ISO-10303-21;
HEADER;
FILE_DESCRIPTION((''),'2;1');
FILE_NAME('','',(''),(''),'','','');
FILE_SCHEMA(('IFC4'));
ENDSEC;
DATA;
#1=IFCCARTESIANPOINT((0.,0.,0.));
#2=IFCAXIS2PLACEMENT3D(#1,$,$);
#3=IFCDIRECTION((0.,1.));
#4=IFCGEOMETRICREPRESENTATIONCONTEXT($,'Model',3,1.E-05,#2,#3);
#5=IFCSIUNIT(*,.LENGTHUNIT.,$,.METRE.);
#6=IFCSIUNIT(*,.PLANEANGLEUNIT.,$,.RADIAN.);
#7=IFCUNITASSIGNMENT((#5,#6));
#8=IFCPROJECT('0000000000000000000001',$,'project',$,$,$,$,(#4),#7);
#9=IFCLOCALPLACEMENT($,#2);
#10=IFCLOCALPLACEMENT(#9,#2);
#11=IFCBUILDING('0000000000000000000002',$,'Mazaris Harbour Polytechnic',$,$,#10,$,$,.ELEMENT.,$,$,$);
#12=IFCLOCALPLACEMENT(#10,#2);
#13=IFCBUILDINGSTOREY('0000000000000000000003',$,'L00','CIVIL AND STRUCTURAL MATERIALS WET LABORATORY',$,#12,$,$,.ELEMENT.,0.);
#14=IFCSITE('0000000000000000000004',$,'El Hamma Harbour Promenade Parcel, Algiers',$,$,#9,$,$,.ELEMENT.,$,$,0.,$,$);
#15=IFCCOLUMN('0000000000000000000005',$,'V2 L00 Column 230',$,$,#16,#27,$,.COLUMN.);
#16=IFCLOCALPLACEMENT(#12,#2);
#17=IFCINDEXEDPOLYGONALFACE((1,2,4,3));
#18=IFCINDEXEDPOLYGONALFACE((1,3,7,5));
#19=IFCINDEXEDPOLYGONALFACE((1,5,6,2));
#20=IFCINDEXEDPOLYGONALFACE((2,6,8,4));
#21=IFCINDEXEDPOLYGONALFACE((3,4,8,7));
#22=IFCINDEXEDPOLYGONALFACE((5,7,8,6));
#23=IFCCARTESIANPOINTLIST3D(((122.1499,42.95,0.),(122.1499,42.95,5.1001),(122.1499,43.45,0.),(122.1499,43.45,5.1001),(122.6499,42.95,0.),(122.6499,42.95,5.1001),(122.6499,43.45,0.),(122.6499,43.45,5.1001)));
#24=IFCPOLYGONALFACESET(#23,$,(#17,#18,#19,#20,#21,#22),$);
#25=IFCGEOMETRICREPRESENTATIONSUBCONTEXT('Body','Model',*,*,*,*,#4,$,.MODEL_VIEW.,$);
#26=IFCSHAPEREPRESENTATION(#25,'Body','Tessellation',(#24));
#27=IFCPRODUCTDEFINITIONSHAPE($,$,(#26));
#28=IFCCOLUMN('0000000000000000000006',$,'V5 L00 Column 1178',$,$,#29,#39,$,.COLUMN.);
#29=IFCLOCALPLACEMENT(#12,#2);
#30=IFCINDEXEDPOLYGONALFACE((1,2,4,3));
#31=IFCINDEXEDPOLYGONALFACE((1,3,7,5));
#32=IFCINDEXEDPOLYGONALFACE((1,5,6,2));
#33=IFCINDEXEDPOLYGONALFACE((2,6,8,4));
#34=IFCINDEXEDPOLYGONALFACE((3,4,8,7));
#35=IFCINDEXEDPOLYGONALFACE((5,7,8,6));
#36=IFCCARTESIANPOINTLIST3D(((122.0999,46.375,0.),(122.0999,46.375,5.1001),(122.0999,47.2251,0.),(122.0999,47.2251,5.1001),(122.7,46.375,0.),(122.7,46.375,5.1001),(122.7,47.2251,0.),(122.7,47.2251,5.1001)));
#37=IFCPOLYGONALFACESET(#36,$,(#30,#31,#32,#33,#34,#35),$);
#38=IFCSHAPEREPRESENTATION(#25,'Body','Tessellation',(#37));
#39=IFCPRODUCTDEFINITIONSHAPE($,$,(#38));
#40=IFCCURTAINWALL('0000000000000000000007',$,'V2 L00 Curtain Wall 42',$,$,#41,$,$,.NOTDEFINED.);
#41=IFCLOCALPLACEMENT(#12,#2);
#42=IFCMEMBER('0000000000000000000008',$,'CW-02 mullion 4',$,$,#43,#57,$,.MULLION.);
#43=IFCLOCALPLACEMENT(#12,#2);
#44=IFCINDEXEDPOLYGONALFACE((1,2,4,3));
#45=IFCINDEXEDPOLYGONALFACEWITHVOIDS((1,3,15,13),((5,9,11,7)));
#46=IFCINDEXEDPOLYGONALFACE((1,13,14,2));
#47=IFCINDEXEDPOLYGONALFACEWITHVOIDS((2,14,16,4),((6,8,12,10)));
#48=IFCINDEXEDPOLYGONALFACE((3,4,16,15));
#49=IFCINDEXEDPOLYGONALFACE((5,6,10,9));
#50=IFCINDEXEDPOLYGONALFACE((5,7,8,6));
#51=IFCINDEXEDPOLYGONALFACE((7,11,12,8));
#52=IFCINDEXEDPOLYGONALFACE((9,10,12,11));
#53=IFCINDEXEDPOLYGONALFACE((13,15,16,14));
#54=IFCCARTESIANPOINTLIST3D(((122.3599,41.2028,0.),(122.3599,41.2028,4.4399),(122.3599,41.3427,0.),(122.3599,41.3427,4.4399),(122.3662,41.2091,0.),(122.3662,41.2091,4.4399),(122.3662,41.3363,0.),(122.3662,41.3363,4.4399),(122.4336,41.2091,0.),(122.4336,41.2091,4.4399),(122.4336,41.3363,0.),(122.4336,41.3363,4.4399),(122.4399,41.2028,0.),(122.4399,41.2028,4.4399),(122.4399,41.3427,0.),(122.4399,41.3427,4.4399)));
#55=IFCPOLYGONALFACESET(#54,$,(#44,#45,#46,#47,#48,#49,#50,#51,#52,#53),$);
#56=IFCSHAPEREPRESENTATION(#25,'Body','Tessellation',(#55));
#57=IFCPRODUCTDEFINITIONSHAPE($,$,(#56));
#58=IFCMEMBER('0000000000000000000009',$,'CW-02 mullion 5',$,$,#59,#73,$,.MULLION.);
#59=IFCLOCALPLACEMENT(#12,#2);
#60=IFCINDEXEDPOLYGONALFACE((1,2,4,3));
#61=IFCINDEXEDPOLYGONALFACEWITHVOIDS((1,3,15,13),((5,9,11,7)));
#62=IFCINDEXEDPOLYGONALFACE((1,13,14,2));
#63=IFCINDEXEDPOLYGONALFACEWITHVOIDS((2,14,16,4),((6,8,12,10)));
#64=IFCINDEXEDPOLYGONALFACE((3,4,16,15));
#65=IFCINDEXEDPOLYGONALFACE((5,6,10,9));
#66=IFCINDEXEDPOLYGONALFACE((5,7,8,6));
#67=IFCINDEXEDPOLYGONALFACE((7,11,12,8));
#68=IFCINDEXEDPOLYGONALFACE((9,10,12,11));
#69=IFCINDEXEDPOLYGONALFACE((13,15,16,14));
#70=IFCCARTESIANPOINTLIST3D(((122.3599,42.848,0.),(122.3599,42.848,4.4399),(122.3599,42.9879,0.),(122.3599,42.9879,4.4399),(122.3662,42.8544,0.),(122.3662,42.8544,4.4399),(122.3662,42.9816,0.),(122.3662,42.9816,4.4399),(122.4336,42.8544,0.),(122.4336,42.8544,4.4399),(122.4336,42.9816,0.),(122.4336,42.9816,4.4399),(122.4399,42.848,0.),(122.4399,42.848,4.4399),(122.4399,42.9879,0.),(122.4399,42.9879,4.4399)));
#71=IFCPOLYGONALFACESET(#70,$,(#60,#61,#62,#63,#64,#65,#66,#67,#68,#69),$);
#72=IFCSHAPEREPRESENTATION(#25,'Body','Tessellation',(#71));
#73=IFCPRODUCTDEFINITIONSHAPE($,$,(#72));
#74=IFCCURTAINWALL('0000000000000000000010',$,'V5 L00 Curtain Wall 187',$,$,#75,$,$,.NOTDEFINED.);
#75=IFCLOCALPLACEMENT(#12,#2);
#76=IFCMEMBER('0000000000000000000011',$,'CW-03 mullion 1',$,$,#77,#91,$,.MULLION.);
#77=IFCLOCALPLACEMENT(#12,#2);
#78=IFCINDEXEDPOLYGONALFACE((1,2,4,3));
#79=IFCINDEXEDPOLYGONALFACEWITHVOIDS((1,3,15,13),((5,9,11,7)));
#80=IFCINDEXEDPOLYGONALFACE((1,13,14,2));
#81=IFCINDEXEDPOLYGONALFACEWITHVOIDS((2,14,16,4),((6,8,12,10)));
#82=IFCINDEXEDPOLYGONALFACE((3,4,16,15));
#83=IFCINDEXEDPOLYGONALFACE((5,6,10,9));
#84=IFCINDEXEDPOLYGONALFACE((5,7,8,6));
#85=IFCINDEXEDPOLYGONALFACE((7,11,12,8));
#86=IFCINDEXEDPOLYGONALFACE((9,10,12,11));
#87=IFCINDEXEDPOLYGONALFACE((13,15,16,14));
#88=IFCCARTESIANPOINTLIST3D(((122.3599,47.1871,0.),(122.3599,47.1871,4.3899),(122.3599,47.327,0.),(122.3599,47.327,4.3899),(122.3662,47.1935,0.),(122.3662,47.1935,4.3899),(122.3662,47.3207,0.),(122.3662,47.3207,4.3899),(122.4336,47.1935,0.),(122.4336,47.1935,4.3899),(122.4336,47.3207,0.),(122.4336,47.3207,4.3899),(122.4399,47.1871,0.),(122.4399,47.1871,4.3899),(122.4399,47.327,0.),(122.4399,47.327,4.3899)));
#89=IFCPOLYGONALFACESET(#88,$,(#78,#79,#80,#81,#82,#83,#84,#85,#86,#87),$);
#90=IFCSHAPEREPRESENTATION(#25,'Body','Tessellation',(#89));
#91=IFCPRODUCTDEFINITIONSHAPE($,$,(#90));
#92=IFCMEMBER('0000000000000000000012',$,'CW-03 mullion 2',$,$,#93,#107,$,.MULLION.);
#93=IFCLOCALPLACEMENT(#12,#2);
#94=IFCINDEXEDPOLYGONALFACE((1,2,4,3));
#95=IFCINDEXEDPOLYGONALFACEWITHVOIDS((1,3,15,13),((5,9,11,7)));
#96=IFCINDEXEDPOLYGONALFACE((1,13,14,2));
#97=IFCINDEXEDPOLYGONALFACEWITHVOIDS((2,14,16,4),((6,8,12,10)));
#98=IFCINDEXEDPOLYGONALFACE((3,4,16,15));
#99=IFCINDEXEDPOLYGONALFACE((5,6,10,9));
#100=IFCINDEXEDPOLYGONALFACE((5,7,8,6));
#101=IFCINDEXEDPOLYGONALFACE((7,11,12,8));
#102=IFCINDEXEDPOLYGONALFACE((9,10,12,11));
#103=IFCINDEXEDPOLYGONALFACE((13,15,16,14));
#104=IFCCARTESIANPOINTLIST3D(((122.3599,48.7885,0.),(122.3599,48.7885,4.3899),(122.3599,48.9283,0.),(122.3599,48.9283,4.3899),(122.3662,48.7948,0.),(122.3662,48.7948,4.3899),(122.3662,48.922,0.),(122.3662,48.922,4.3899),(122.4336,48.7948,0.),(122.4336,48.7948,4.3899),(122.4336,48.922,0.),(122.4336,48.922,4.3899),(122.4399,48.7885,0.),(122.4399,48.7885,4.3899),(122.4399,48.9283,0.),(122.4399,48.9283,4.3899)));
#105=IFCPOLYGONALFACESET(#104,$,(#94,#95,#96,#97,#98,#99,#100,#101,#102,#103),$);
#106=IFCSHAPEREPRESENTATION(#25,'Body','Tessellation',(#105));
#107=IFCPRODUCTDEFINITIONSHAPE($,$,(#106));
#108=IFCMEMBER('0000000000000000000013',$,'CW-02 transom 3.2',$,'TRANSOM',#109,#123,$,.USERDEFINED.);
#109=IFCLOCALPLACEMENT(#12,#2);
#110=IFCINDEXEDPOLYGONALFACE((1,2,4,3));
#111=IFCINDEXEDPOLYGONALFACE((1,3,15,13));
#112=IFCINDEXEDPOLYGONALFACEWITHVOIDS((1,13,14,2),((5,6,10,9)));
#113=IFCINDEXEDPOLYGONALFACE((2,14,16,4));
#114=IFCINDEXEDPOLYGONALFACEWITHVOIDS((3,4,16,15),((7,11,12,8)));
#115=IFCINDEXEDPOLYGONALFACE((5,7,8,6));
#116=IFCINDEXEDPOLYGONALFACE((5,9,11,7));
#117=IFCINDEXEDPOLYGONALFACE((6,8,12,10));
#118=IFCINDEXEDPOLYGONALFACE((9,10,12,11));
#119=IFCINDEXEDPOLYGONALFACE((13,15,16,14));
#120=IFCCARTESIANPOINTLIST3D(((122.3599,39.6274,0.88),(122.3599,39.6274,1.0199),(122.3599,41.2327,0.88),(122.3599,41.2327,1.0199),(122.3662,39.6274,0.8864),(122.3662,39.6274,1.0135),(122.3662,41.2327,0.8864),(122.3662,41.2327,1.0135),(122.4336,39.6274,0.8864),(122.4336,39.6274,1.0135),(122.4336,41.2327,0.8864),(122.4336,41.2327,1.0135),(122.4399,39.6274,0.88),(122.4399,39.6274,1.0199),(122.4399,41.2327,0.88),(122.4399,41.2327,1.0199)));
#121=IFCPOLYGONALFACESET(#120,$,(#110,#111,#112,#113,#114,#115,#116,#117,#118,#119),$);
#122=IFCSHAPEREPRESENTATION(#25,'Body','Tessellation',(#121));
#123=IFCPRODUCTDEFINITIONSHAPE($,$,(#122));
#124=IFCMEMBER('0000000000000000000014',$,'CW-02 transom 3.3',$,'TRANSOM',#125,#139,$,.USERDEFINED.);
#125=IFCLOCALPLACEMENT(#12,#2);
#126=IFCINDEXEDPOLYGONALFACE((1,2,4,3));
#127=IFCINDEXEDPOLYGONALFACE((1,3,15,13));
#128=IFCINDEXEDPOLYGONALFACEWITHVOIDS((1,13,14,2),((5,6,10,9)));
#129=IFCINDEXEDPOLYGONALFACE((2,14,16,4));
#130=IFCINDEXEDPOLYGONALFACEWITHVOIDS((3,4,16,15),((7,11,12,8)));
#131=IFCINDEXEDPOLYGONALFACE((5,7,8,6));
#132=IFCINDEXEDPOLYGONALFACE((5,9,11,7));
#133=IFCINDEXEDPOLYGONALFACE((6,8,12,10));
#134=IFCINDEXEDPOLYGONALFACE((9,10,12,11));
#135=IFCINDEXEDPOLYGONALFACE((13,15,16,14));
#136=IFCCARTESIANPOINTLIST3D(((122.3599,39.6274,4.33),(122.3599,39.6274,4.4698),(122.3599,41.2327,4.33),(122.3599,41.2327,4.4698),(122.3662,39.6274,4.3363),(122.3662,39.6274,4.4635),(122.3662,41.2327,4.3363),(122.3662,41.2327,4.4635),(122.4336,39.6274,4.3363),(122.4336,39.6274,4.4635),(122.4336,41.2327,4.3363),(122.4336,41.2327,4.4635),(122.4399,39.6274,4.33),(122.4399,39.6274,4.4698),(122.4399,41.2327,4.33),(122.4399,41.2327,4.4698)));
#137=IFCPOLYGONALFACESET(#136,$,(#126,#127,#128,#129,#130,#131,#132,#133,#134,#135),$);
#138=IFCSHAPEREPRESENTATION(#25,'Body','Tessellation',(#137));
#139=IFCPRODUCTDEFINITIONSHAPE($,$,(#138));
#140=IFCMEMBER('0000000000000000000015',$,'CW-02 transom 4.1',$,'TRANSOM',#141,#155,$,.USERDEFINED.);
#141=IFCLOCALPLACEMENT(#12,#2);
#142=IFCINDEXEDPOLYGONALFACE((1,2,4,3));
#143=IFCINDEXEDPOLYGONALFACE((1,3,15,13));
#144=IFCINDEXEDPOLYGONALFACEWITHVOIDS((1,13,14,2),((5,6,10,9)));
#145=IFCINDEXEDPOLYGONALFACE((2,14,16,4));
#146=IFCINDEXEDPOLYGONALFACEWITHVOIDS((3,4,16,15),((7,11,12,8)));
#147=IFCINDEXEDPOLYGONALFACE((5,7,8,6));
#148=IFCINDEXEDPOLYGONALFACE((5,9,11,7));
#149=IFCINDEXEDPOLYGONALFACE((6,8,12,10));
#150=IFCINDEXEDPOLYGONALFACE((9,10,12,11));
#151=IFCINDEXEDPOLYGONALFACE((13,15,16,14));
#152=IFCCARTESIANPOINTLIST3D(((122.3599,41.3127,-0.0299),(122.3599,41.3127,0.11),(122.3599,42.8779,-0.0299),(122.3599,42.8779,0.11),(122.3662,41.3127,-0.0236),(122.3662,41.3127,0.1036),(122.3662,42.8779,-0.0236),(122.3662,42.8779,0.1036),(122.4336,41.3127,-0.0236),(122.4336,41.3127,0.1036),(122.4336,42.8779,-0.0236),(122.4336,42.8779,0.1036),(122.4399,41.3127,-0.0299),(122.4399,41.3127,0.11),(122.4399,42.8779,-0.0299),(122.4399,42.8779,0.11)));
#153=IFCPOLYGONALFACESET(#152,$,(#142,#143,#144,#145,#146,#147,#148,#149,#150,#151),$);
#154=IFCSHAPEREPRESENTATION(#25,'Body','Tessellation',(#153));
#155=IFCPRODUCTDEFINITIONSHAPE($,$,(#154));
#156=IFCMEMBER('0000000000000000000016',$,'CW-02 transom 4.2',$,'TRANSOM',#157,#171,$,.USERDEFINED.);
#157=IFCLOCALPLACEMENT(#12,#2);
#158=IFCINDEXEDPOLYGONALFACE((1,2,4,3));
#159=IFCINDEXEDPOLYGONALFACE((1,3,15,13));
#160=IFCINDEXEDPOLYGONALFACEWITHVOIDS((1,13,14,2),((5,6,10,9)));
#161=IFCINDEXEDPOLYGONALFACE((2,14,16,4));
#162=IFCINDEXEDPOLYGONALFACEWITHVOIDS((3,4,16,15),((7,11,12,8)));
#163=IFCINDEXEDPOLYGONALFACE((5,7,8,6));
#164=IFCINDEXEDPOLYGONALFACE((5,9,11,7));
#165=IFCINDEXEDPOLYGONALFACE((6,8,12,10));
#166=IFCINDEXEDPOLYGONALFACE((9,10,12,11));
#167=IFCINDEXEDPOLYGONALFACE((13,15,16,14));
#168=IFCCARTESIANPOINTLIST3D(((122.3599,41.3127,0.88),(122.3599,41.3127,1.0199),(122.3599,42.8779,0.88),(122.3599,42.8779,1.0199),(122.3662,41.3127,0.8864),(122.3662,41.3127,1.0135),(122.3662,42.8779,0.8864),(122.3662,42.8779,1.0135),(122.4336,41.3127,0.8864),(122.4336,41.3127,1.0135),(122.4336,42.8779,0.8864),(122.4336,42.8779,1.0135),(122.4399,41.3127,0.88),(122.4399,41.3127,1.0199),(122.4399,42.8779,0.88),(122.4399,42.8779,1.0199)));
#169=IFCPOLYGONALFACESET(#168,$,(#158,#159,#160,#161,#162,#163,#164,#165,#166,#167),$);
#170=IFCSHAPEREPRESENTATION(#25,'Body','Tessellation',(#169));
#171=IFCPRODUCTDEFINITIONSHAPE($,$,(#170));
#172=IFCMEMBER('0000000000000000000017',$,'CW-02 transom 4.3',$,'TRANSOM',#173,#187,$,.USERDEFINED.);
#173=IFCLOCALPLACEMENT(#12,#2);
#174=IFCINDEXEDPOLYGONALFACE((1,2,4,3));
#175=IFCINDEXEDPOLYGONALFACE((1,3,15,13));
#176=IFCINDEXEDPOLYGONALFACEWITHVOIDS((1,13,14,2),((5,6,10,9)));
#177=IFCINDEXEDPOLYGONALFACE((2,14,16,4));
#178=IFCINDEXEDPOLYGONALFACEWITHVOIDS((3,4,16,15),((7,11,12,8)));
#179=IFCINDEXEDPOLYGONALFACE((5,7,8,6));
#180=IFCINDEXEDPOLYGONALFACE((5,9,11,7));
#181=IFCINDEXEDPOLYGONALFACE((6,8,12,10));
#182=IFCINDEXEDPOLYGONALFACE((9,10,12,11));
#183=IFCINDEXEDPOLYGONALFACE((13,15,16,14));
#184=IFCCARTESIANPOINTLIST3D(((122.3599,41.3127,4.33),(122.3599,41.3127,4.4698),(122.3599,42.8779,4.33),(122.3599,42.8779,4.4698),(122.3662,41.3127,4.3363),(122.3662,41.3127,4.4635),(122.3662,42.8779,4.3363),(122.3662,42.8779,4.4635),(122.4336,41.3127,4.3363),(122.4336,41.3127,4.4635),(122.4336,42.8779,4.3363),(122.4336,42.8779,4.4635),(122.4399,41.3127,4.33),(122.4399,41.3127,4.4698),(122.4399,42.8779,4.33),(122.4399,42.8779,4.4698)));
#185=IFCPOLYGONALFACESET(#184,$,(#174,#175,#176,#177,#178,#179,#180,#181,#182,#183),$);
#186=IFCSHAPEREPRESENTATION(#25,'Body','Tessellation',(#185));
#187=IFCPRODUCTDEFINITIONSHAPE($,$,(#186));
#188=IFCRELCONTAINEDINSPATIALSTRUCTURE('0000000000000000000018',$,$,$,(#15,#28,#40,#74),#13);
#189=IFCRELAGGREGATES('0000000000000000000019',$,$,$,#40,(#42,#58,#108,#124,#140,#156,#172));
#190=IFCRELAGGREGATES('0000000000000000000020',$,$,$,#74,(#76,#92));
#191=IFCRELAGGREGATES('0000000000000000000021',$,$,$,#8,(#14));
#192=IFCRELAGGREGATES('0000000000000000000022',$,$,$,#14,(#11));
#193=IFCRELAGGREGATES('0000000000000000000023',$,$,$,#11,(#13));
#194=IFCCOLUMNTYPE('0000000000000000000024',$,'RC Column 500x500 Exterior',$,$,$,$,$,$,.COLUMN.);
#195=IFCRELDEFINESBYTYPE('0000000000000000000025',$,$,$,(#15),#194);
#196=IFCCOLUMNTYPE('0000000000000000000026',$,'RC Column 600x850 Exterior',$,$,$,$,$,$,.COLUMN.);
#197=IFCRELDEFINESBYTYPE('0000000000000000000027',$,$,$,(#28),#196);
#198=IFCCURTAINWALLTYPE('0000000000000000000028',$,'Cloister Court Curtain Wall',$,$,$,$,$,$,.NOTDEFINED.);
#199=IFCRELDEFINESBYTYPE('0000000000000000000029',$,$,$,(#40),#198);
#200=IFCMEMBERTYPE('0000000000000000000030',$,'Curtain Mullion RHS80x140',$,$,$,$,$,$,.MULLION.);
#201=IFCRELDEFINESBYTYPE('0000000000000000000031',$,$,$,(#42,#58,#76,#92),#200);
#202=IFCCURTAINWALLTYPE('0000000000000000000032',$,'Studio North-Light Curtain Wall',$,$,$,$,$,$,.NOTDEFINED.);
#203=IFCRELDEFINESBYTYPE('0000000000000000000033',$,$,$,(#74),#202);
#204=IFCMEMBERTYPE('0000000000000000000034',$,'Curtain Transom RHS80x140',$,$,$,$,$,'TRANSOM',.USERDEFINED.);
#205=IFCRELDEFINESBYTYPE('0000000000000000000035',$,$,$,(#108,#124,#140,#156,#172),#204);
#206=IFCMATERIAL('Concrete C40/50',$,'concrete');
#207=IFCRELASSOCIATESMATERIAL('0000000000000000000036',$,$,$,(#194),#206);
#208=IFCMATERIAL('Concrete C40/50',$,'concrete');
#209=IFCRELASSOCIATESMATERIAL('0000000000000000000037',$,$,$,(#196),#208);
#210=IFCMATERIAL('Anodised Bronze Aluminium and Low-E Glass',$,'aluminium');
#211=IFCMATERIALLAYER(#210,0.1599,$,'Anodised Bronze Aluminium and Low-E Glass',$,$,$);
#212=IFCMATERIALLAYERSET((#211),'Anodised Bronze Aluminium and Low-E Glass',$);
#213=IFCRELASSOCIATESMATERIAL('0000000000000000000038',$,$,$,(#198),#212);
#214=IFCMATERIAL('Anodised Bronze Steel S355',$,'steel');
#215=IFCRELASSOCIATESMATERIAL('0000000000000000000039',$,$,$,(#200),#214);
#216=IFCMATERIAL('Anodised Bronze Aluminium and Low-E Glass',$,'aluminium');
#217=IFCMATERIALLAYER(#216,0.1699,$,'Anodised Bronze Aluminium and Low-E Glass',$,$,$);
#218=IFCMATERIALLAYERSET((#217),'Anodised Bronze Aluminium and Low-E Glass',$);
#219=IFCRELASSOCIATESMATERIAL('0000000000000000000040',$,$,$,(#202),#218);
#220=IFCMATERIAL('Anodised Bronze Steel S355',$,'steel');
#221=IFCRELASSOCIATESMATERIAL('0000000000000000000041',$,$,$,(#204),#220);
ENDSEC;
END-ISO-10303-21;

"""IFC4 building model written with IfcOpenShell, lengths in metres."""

from ifc_helpers import new_model, si_unit, direction, frame, origin, origin_2d, place, context, subcontext, project, spatial, rectangle, hollow_rectangle, extrude, material, layer, layer_set, material_profile, profile_set, type_object, element, aggregate, save


model = new_model("IFC4")

# Units and contexts
model_context = context("Model", 3, precision=1e-05, world=origin(), true_north=direction((0.0, 1.0)))
body_context = subcontext(model_context, "Body", "Model", "MODEL_VIEW")
ifc_project = project(units=[si_unit("LENGTHUNIT", "METRE"), si_unit("PLANEANGLEUNIT", "RADIAN")], contexts=[model_context])

# Site, building, storey
site_placement = place(None, origin())
site = spatial("IfcSite", under=ifc_project, at=site_placement, Name="El Hamma Harbour Promenade Parcel, Algiers", CompositionType="ELEMENT", RefElevation=0.0)
building_placement = place(site_placement, origin())
building = spatial("IfcBuilding", under=site, at=building_placement, Name="Mazaris Harbour Polytechnic", CompositionType="ELEMENT")
storey_placement = place(building_placement, origin())
storey = spatial("IfcBuildingStorey", under=building, at=storey_placement, Name="L00", Description="CIVIL AND STRUCTURAL MATERIALS WET LABORATORY", CompositionType="ELEMENT", Elevation=0.0)

# Columns
ifc_material_1 = material(Name="Concrete C40/50", Category="concrete")
ifc_material_profile_1 = material_profile(ifc_material_1, rectangle(XDim=0.5, YDim=0.5, at=origin_2d()), Name="RECT500x500")
ifc_profile_set_1 = profile_set([ifc_material_profile_1], Name="Concrete C40/50")
column_type_1 = type_object("IfcColumnType", Name="RC Column 500x500 Exterior", PredefinedType="COLUMN", material=ifc_profile_set_1)
column_1_placement = place(storey_placement, frame((122.3999, 43.2, 0.0), z_axis=(0.0, 0.0, 1.0), x_axis=(1.0, 0.0, 0.0)))
element("IfcColumn", 1, at=column_1_placement, inside=storey, type_object=column_type_1, Name="V2 L00 Column 230", PredefinedType="COLUMN", context=body_context, shape_type="SweptSolid", body=[
    extrude(rectangle(XDim=0.5, YDim=0.5, at=origin_2d()), origin(), (0.0, 0.0, 1.0), 5.1001),
])
ifc_material_2 = material(Name="Concrete C40/50", Category="concrete")
ifc_material_profile_2 = material_profile(ifc_material_2, rectangle(XDim=0.6001, YDim=0.8501, at=origin_2d()), Name="RECT600x850")
ifc_profile_set_2 = profile_set([ifc_material_profile_2], Name="Concrete C40/50")
column_type_2 = type_object("IfcColumnType", Name="RC Column 600x850 Exterior", PredefinedType="COLUMN", material=ifc_profile_set_2)
column_2_placement = place(storey_placement, frame((122.3999, 46.8, 0.0), z_axis=(0.0, 0.0, 1.0), x_axis=(1.0, 0.0, 0.0)))
element("IfcColumn", 2, at=column_2_placement, inside=storey, type_object=column_type_2, Name="V5 L00 Column 1178", PredefinedType="COLUMN", context=body_context, shape_type="SweptSolid", body=[
    extrude(rectangle(XDim=0.6001, YDim=0.8501, at=origin_2d()), origin(), (0.0, 0.0, 1.0), 5.1001),
])

# Curtain walls, members
ifc_material_3 = material(Name="Anodised Bronze Aluminium and Low-E Glass", Category="aluminium")
ifc_layer_1 = layer(ifc_material_3, 0.1599, Name="Anodised Bronze Aluminium and Low-E Glass")
ifc_layer_set_1 = layer_set([ifc_layer_1], Name="Anodised Bronze Aluminium and Low-E Glass")
curtain_wall_type_1 = type_object("IfcCurtainWallType", Name="Cloister Court Curtain Wall", PredefinedType="NOTDEFINED", material=ifc_layer_set_1)
curtain_wall_1_placement = place(storey_placement, origin())
curtain_wall_1 = element("IfcCurtainWall", 3, at=curtain_wall_1_placement, inside=storey, type_object=curtain_wall_type_1, Name="V2 L00 Curtain Wall 42", PredefinedType="NOTDEFINED")
ifc_material_4 = material(Name="Anodised Bronze Steel S355", Category="steel")
ifc_material_profile_3 = material_profile(ifc_material_4, hollow_rectangle(XDim=0.0801, YDim=0.1399, WallThickness=0.0063, at=origin_2d()), Name="RHS 80x140x6.3")
ifc_profile_set_3 = profile_set([ifc_material_profile_3], Name="Anodised Bronze Steel S355")
member_type_1 = type_object("IfcMemberType", Name="Curtain Mullion RHS80x140", PredefinedType="MULLION", material=ifc_profile_set_3)
member_1_placement = place(storey_placement, frame((122.3999, 41.2727, 0.0), z_axis=(0.0, 0.0, 1.0), x_axis=(-1.0, 0.0, 0.0)))
member_1 = element("IfcMember", 4, at=member_1_placement, type_object=member_type_1, Name="CW-02 mullion 4", PredefinedType="MULLION", context=body_context, shape_type="SweptSolid", body=[
    extrude(hollow_rectangle(XDim=0.0801, YDim=0.1399, WallThickness=0.0063, at=origin_2d()), origin(), (0.0, 0.0, 1.0), 4.4399),
])
member_2_placement = place(storey_placement, frame((122.3999, 42.918, 0.0), z_axis=(0.0, 0.0, 1.0), x_axis=(-1.0, 0.0, 0.0)))
member_2 = element("IfcMember", 5, at=member_2_placement, type_object=member_type_1, Name="CW-02 mullion 5", PredefinedType="MULLION", context=body_context, shape_type="SweptSolid", body=[
    extrude(hollow_rectangle(XDim=0.0801, YDim=0.1399, WallThickness=0.0063, at=origin_2d()), origin(), (0.0, 0.0, 1.0), 4.4399),
])
ifc_material_5 = material(Name="Anodised Bronze Aluminium and Low-E Glass", Category="aluminium")
ifc_layer_2 = layer(ifc_material_5, 0.1699, Name="Anodised Bronze Aluminium and Low-E Glass")
ifc_layer_set_2 = layer_set([ifc_layer_2], Name="Anodised Bronze Aluminium and Low-E Glass")
curtain_wall_type_2 = type_object("IfcCurtainWallType", Name="Studio North-Light Curtain Wall", PredefinedType="NOTDEFINED", material=ifc_layer_set_2)
curtain_wall_2_placement = place(storey_placement, origin())
curtain_wall_2 = element("IfcCurtainWall", 6, at=curtain_wall_2_placement, inside=storey, type_object=curtain_wall_type_2, Name="V5 L00 Curtain Wall 187", PredefinedType="NOTDEFINED")
member_3_placement = place(storey_placement, frame((122.3999, 47.2571, 0.0), z_axis=(0.0, 0.0, 1.0), x_axis=(-1.0, 0.0, 0.0)))
member_3 = element("IfcMember", 7, at=member_3_placement, type_object=member_type_1, Name="CW-03 mullion 1", PredefinedType="MULLION", context=body_context, shape_type="SweptSolid", body=[
    extrude(hollow_rectangle(XDim=0.0801, YDim=0.1399, WallThickness=0.0063, at=origin_2d()), origin(), (0.0, 0.0, 1.0), 4.3899),
])
member_4_placement = place(storey_placement, frame((122.3999, 48.8584, 0.0), z_axis=(0.0, 0.0, 1.0), x_axis=(-1.0, 0.0, 0.0)))
member_4 = element("IfcMember", 8, at=member_4_placement, type_object=member_type_1, Name="CW-03 mullion 2", PredefinedType="MULLION", context=body_context, shape_type="SweptSolid", body=[
    extrude(hollow_rectangle(XDim=0.0801, YDim=0.1399, WallThickness=0.0063, at=origin_2d()), origin(), (0.0, 0.0, 1.0), 4.3899),
])

# Members
ifc_material_6 = material(Name="Anodised Bronze Steel S355", Category="steel")
ifc_material_profile_4 = material_profile(ifc_material_6, hollow_rectangle(XDim=0.0801, YDim=0.1399, WallThickness=0.0063, at=origin_2d()), Name="RHS 80x140x6.3")
ifc_profile_set_4 = profile_set([ifc_material_profile_4], Name="Anodised Bronze Steel S355")
member_type_2 = type_object("IfcMemberType", Name="Curtain Transom RHS80x140", ElementType="TRANSOM", PredefinedType="USERDEFINED", material=ifc_profile_set_4)
member_5_placement = place(storey_placement, frame((122.3999, 39.6274, 0.95), z_axis=(0.0, 1.0, 0.0), x_axis=(-1.0, 0.0, 0.0)))
member_5 = element("IfcMember", 9, at=member_5_placement, type_object=member_type_2, Name="CW-02 transom 3.2", ObjectType="TRANSOM", PredefinedType="USERDEFINED", context=body_context, shape_type="SweptSolid", body=[
    extrude(hollow_rectangle(XDim=0.0801, YDim=0.1399, WallThickness=0.0063, at=origin_2d()), origin(), (0.0, 0.0, 1.0), 1.6052),
])
member_6_placement = place(storey_placement, frame((122.3999, 39.6274, 4.3999), z_axis=(0.0, 1.0, 0.0), x_axis=(-1.0, 0.0, 0.0)))
member_6 = element("IfcMember", 10, at=member_6_placement, type_object=member_type_2, Name="CW-02 transom 3.3", ObjectType="TRANSOM", PredefinedType="USERDEFINED", context=body_context, shape_type="SweptSolid", body=[
    extrude(hollow_rectangle(XDim=0.0801, YDim=0.1399, WallThickness=0.0063, at=origin_2d()), origin(), (0.0, 0.0, 1.0), 1.6052),
])
member_7_placement = place(storey_placement, frame((122.3999, 41.3127, 0.04), z_axis=(0.0, 1.0, 0.0), x_axis=(-1.0, 0.0, 0.0)))
member_7 = element("IfcMember", 11, at=member_7_placement, type_object=member_type_2, Name="CW-02 transom 4.1", ObjectType="TRANSOM", PredefinedType="USERDEFINED", context=body_context, shape_type="SweptSolid", body=[
    extrude(hollow_rectangle(XDim=0.0801, YDim=0.1399, WallThickness=0.0063, at=origin_2d()), origin(), (0.0, 0.0, 1.0), 1.5652),
])
member_8_placement = place(storey_placement, frame((122.3999, 41.3127, 0.95), z_axis=(0.0, 1.0, 0.0), x_axis=(-1.0, 0.0, 0.0)))
member_8 = element("IfcMember", 12, at=member_8_placement, type_object=member_type_2, Name="CW-02 transom 4.2", ObjectType="TRANSOM", PredefinedType="USERDEFINED", context=body_context, shape_type="SweptSolid", body=[
    extrude(hollow_rectangle(XDim=0.0801, YDim=0.1399, WallThickness=0.0063, at=origin_2d()), origin(), (0.0, 0.0, 1.0), 1.5652),
])
member_9_placement = place(storey_placement, frame((122.3999, 41.3127, 4.3999), z_axis=(0.0, 1.0, 0.0), x_axis=(-1.0, 0.0, 0.0)))
member_9 = element("IfcMember", 13, at=member_9_placement, type_object=member_type_2, Name="CW-02 transom 4.3", ObjectType="TRANSOM", PredefinedType="USERDEFINED", context=body_context, shape_type="SweptSolid", body=[
    extrude(hollow_rectangle(XDim=0.0801, YDim=0.1399, WallThickness=0.0063, at=origin_2d()), origin(), (0.0, 0.0, 1.0), 1.5652),
])

aggregate(curtain_wall_1, [member_1, member_2, member_5, member_6, member_7, member_8, member_9])
aggregate(curtain_wall_2, [member_3, member_4])

save(model, "model.ifc")
